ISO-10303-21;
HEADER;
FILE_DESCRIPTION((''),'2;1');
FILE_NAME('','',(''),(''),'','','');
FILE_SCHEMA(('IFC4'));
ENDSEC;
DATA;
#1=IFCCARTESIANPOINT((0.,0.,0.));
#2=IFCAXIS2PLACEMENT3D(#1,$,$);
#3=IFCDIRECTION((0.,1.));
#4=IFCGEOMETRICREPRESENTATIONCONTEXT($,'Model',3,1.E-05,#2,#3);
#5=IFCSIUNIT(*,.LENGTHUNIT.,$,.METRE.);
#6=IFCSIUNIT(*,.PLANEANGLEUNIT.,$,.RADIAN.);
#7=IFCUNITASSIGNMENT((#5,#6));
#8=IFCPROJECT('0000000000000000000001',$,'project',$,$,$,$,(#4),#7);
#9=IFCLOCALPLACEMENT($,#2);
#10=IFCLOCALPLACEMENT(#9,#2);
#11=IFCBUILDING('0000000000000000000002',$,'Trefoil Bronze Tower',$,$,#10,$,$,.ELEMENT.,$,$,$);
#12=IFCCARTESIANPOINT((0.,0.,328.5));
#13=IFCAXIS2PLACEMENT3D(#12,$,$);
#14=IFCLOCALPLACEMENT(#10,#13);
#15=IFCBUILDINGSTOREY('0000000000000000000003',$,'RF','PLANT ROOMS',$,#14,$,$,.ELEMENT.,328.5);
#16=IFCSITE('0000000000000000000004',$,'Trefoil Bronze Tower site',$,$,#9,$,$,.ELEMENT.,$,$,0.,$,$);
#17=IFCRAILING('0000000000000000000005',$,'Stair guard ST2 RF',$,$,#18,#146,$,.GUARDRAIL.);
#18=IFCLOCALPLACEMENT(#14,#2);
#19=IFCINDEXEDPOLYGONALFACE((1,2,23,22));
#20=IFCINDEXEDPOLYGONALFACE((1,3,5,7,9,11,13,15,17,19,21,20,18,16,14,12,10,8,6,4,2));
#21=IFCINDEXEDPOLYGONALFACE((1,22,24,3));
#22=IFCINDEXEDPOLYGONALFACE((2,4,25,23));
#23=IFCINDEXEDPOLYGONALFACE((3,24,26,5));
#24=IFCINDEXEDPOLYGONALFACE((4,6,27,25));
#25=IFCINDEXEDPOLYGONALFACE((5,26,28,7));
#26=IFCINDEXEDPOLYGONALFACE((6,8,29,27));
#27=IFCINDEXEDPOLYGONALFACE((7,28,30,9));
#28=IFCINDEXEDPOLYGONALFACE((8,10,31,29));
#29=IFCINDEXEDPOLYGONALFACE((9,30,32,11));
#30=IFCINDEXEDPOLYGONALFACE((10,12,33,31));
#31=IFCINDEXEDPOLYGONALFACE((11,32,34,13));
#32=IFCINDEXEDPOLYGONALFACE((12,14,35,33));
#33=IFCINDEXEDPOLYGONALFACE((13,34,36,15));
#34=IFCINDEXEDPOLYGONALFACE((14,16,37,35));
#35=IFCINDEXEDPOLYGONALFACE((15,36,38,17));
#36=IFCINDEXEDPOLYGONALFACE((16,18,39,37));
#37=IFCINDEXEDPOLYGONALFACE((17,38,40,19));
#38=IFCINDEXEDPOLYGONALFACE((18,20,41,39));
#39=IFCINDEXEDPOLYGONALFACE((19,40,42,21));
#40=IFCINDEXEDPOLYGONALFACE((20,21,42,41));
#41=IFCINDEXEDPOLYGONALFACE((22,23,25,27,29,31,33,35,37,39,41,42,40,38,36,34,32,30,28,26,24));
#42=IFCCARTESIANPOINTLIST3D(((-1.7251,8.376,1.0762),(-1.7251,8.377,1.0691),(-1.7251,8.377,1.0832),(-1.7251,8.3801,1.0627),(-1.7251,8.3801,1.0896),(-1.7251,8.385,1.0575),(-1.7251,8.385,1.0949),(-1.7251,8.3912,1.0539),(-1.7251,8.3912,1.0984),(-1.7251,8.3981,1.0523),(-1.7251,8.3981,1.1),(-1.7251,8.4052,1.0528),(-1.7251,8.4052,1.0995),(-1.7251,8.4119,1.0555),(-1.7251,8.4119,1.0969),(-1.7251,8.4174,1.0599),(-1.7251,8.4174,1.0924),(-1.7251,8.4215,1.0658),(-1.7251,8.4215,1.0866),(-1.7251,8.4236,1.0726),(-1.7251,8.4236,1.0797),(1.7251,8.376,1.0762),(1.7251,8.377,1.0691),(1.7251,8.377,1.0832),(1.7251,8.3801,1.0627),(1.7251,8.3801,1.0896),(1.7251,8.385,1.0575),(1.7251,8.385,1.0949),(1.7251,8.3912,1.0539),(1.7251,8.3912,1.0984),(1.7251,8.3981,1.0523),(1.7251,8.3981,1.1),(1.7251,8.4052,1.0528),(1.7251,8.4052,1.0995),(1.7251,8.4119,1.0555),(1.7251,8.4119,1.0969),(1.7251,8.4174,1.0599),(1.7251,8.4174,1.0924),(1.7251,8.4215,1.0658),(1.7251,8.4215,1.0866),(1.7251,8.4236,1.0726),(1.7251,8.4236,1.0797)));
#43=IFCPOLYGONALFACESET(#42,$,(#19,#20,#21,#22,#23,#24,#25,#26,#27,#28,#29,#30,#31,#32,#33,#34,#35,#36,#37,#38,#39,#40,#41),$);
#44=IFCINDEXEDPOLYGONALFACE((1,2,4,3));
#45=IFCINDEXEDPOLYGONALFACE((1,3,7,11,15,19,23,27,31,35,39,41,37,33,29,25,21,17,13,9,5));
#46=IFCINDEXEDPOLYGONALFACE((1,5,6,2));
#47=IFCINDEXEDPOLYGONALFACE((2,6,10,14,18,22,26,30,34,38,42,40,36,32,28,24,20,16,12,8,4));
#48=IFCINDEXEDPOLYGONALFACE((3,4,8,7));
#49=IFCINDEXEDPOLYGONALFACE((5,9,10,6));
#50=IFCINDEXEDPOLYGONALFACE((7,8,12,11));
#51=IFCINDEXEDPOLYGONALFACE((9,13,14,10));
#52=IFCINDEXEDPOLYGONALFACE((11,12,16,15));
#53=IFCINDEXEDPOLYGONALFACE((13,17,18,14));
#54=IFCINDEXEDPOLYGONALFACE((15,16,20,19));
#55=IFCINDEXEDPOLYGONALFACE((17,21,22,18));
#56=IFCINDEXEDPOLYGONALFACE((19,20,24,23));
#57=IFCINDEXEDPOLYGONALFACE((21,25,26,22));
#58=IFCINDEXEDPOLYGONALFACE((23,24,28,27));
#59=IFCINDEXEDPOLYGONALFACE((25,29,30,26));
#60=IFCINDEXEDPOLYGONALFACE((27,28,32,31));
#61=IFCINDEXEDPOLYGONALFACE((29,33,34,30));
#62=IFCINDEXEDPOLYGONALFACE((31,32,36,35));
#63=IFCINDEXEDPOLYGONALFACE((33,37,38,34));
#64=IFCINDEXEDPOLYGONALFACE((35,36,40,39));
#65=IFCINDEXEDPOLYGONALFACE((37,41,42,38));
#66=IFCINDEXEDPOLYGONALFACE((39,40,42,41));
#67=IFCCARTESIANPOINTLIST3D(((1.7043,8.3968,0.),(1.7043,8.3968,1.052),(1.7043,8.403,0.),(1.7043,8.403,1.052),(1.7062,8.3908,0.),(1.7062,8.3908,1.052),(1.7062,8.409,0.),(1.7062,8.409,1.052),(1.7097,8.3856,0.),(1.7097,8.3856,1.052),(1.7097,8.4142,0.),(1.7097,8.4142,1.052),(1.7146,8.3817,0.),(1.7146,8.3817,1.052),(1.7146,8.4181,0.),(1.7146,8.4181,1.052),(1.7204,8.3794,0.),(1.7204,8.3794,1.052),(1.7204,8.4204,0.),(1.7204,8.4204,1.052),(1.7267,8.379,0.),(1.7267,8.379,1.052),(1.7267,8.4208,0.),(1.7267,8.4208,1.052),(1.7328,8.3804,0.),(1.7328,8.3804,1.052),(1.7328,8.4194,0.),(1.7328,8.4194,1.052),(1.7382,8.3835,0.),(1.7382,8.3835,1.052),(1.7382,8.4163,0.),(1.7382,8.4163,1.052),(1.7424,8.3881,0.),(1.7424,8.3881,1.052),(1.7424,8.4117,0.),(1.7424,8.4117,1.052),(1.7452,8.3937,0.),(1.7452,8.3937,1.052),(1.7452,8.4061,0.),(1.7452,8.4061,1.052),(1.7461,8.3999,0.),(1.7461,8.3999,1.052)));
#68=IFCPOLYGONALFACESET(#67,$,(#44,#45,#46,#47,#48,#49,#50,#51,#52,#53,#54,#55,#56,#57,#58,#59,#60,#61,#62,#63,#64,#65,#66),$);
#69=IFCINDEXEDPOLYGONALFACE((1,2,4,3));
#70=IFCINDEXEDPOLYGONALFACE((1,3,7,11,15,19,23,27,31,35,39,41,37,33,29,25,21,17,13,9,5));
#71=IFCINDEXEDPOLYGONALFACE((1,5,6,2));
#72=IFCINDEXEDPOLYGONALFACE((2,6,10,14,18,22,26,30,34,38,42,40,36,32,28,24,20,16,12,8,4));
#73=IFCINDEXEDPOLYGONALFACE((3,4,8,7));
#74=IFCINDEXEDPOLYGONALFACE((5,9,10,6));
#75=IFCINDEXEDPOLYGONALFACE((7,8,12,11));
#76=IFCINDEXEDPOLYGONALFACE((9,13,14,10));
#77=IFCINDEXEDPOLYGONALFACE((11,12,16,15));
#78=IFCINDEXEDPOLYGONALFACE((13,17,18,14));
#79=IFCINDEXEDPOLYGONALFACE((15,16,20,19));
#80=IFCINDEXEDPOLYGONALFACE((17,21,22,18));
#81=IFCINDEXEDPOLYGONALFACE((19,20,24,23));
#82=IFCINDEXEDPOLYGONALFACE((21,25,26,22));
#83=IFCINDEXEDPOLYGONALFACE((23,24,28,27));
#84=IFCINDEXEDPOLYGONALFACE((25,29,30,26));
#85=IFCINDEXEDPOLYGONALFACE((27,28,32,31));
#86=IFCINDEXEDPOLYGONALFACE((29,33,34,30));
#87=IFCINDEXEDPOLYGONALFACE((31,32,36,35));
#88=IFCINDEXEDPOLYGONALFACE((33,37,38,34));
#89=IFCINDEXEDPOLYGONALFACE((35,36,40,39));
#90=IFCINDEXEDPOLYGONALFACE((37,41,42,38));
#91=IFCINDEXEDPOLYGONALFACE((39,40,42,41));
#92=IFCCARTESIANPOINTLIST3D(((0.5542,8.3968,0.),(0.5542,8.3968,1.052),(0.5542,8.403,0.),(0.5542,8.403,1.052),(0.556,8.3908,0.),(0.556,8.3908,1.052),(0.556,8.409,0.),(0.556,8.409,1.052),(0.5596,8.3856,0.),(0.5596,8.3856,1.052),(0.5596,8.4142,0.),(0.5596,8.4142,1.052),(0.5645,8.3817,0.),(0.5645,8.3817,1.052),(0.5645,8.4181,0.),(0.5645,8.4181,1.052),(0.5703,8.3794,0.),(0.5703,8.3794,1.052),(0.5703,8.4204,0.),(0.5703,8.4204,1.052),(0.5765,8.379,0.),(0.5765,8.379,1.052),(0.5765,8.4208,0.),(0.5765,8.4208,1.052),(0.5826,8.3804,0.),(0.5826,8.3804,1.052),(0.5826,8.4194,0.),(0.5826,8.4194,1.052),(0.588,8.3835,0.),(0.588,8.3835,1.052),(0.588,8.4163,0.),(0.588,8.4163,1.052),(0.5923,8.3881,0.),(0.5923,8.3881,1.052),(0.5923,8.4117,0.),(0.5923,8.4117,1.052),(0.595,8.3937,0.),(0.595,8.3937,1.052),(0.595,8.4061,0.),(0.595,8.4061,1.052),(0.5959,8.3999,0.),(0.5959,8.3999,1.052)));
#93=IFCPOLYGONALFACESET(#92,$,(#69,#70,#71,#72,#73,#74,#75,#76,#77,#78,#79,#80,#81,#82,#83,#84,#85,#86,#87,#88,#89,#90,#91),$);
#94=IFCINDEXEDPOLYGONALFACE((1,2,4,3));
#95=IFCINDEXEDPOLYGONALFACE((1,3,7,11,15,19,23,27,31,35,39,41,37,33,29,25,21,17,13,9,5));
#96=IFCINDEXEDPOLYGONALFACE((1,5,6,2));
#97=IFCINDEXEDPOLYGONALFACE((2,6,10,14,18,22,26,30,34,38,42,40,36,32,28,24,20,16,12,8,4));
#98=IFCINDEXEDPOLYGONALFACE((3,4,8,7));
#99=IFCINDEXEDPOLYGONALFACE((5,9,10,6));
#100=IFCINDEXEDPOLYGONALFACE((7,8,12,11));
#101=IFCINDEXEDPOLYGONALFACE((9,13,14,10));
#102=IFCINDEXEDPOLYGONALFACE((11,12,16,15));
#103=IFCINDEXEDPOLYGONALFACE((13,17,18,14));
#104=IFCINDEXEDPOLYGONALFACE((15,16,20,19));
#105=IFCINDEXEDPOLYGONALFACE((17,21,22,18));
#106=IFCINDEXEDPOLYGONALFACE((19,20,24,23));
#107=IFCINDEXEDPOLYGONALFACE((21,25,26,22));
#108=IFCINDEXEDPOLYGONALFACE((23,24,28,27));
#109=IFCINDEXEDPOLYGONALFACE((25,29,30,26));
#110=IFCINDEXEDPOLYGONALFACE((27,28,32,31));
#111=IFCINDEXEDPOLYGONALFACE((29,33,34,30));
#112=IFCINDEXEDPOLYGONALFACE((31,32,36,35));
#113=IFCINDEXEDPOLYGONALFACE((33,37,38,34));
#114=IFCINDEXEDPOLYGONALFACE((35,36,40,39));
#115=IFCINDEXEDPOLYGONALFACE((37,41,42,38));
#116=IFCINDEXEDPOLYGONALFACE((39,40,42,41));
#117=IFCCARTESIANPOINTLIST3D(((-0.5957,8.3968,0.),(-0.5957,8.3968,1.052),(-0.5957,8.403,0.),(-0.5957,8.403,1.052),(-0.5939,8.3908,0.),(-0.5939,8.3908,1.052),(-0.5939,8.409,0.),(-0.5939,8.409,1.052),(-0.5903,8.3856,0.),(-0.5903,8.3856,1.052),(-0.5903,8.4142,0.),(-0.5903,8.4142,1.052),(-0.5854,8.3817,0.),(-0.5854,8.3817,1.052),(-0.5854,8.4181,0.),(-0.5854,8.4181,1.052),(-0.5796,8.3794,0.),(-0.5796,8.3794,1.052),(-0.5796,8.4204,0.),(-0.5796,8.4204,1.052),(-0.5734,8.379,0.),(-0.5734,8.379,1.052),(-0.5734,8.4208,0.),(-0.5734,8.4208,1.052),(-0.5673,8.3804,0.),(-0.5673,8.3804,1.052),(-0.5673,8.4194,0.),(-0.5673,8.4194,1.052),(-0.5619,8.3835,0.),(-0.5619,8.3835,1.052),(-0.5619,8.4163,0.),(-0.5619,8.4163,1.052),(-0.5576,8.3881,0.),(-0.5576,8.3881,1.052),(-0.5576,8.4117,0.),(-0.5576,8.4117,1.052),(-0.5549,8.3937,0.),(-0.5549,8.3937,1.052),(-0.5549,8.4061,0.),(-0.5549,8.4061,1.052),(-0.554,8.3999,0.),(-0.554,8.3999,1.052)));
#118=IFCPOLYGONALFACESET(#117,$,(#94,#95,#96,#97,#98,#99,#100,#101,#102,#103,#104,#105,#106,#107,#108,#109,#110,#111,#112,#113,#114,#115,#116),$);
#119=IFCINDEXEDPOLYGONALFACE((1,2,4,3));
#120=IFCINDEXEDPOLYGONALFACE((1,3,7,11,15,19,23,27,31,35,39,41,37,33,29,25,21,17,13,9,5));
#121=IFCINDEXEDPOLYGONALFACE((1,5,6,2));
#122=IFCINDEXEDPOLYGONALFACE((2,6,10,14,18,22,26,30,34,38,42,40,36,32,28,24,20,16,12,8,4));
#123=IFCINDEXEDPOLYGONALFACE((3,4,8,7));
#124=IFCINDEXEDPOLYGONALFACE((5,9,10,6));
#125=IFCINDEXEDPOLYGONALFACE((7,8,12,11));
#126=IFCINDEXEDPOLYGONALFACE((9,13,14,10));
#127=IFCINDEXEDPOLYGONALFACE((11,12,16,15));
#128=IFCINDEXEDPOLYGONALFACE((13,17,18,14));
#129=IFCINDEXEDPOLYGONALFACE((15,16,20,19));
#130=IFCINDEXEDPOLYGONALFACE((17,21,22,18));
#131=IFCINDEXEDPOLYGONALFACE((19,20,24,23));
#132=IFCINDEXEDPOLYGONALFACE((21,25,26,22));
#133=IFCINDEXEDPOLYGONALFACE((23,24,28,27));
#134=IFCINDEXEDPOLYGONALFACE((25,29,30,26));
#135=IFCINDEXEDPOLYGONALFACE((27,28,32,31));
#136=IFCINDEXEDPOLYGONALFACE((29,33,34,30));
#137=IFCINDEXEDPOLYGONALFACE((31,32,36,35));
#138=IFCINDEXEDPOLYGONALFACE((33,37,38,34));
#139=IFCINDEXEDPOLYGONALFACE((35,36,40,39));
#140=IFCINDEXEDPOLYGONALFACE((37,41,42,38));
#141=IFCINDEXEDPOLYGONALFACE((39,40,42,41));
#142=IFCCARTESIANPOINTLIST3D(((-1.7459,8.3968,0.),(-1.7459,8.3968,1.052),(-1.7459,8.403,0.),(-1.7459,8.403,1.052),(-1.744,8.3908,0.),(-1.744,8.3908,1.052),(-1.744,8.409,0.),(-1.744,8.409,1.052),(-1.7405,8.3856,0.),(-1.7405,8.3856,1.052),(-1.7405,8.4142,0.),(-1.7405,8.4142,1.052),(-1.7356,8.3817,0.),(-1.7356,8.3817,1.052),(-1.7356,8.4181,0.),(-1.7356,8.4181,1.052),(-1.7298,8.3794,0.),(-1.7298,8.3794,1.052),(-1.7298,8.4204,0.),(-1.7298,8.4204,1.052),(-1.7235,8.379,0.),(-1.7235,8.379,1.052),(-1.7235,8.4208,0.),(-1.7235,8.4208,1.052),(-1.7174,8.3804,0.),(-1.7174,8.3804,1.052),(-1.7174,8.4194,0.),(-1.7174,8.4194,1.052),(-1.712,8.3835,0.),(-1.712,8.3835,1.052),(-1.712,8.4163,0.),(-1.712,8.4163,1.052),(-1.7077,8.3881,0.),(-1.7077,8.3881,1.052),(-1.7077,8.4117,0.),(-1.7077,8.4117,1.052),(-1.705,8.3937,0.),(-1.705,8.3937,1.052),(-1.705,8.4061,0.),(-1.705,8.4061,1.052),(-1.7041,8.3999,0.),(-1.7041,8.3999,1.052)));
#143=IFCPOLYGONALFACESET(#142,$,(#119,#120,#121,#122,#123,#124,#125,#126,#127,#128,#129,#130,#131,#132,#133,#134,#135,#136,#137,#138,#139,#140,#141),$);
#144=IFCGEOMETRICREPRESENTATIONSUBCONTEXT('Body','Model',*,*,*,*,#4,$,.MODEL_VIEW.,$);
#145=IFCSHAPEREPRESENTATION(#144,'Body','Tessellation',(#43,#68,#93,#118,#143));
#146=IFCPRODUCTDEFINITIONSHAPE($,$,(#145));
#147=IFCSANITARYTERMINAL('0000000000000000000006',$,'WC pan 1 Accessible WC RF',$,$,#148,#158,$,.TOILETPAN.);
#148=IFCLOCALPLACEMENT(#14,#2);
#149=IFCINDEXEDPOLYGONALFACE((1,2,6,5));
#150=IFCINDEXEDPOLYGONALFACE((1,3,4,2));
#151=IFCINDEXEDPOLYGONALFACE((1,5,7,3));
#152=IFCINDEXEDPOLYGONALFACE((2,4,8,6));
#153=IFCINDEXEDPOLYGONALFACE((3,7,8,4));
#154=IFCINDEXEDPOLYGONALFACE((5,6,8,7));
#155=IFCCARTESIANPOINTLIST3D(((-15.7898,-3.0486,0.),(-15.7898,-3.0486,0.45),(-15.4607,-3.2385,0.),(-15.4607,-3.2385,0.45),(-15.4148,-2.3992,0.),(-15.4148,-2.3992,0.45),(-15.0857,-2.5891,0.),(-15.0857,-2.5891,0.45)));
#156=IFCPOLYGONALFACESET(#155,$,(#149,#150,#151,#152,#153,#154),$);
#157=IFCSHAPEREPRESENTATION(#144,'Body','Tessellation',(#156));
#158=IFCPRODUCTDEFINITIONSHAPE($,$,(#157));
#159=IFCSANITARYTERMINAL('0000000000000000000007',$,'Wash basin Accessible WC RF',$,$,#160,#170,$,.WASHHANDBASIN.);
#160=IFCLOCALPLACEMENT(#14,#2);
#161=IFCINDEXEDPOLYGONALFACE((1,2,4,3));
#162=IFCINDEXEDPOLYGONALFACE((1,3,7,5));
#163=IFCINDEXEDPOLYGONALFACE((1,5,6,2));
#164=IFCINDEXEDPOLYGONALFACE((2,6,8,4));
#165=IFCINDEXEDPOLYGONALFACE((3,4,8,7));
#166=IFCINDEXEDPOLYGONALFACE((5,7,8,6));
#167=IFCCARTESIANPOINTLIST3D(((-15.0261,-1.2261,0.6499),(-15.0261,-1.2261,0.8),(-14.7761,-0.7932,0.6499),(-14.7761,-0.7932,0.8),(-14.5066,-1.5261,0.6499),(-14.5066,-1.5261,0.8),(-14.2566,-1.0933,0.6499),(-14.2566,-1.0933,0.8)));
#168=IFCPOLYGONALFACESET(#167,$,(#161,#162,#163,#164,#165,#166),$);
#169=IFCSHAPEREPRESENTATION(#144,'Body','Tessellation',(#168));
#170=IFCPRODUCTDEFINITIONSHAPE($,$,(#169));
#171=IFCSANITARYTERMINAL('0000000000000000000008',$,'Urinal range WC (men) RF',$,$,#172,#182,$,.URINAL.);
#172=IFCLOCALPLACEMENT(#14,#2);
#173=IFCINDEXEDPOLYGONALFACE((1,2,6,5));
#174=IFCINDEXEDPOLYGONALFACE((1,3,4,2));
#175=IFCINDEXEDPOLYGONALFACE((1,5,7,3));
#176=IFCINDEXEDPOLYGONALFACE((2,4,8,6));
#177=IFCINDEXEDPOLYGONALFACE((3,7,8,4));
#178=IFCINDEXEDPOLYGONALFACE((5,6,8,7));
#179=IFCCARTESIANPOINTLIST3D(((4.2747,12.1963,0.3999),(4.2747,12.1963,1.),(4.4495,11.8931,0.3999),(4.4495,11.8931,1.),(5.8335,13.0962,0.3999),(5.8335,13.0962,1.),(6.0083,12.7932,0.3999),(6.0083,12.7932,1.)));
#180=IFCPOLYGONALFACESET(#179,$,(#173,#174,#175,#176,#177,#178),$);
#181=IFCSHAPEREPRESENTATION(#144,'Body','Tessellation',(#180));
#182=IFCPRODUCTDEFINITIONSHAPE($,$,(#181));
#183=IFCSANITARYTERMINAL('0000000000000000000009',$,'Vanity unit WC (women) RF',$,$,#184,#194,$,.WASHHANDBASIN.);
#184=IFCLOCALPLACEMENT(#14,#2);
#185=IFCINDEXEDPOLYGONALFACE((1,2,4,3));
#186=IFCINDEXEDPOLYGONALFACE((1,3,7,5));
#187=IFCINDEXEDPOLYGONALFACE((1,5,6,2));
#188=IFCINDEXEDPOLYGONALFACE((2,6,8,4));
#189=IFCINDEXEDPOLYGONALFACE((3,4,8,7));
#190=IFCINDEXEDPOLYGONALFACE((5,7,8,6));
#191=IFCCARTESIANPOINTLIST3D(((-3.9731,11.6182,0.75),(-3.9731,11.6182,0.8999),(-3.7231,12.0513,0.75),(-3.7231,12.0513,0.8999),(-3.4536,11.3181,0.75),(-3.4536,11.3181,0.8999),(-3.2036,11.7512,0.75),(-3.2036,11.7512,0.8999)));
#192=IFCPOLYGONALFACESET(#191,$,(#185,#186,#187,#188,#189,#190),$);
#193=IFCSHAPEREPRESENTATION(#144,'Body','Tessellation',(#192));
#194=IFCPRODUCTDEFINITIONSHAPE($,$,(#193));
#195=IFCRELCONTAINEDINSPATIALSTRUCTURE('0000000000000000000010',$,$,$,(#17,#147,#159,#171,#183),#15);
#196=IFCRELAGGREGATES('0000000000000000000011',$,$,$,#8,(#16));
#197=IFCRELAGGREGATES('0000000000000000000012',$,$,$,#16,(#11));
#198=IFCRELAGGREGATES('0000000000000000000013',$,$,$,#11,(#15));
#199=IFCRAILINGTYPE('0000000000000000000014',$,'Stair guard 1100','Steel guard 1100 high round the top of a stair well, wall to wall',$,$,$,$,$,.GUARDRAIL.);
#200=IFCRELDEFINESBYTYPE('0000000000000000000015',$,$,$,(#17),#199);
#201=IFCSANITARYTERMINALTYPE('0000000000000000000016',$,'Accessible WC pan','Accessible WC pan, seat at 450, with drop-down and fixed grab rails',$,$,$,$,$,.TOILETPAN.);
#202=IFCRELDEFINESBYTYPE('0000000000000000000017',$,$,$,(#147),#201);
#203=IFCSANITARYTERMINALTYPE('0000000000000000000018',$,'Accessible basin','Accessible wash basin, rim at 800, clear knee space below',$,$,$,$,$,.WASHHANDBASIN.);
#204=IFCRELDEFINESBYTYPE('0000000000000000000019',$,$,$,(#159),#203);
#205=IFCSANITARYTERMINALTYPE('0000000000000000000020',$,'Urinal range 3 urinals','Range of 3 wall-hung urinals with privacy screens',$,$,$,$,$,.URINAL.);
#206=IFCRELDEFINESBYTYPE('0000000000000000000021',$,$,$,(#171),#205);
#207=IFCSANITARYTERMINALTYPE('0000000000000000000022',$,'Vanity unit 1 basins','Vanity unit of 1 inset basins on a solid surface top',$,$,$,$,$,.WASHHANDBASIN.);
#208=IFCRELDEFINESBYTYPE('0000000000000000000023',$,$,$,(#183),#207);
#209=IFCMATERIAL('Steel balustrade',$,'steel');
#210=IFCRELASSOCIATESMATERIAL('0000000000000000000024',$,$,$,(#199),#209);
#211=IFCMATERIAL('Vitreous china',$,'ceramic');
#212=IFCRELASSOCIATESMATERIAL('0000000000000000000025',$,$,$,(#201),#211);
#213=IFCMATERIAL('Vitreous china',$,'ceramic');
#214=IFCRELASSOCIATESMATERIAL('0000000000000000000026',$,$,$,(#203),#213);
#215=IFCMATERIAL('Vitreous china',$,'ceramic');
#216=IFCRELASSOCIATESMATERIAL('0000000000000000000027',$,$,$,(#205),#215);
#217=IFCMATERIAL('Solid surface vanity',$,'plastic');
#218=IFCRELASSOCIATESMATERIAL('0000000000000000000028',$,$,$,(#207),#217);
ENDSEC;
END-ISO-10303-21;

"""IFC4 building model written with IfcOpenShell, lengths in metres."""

from ifc_helpers import new_model, si_unit, direction, frame, origin, origin_2d, place, context, subcontext, project, spatial, polyline, circle, outline, extrude, material, type_object, element, save


model = new_model("IFC4")

# Units and contexts
model_context = context("Model", 3, precision=1e-05, world=origin(), true_north=direction((0.0, 1.0)))
body_context = subcontext(model_context, "Body", "Model", "MODEL_VIEW")
ifc_project = project(units=[si_unit("LENGTHUNIT", "METRE"), si_unit("PLANEANGLEUNIT", "RADIAN")], contexts=[model_context])

# Site, building, storey
site_placement = place(None, origin())
site = spatial("IfcSite", under=ifc_project, at=site_placement, Name="Trefoil Bronze Tower site", CompositionType="ELEMENT", RefElevation=0.0)
building_placement = place(site_placement, origin())
building = spatial("IfcBuilding", under=site, at=building_placement, Name="Trefoil Bronze Tower", CompositionType="ELEMENT")
storey_placement = place(building_placement, frame((0.0, 0.0, 328.5)))
storey = spatial("IfcBuildingStorey", under=building, at=storey_placement, Name="RF", Description="PLANT ROOMS", CompositionType="ELEMENT", Elevation=328.5)

# Railing
ifc_material_1 = material(Name="Steel balustrade", Category="steel")
railing_type = type_object("IfcRailingType", Name="Stair guard 1100", Description="Steel guard 1100 high round the top of a stair well, wall to wall", PredefinedType="GUARDRAIL", material=ifc_material_1)
railing_placement = place(storey_placement, frame((1.7251, 8.3999, 0.0)))
element("IfcRailing", 1, at=railing_placement, inside=storey, type_object=railing_type, Name="Stair guard ST2 RF", PredefinedType="GUARDRAIL", context=body_context, shape_type="SweptSolid", body=[
    extrude(circle(Radius=0.0239, at=origin_2d()), frame((0.0, 0.0, 1.0762), z_axis=(-1.0, 0.0, 0.0), x_axis=(0.0, -1.0, 0.0)), (0.0, 0.0, 1.0), 3.4502),
    extrude(circle(Radius=0.021, at=origin_2d()), origin(), (0.0, 0.0, 1.0), 1.052),
    extrude(circle(Radius=0.021, at=origin_2d()), frame((-1.1501, 0.0, 0.0)), (0.0, 0.0, 1.0), 1.052),
    extrude(circle(Radius=0.021, at=origin_2d()), frame((-2.3, 0.0, 0.0)), (0.0, 0.0, 1.0), 1.052),
    extrude(circle(Radius=0.021, at=origin_2d()), frame((-3.4502, 0.0, 0.0)), (0.0, 0.0, 1.0), 1.052),
])

# Sanitary terminals
ifc_material_2 = material(Name="Vitreous china", Category="ceramic")
sanitary_terminal_type_1 = type_object("IfcSanitaryTerminalType", Name="Accessible WC pan", Description="Accessible WC pan, seat at 450, with drop-down and fixed grab rails", PredefinedType="TOILETPAN", material=ifc_material_2)
sanitary_terminal_1_placement = place(storey_placement, origin())
element("IfcSanitaryTerminal", 2, at=sanitary_terminal_1_placement, inside=storey, type_object=sanitary_terminal_type_1, Name="WC pan 1 Accessible WC RF", PredefinedType="TOILETPAN", context=body_context, shape_type="SweptSolid", body=[
    extrude(outline(polyline([(-15.0857, -2.5891), (-15.4607, -3.2385), (-15.7898, -3.0486), (-15.4148, -2.3992), (-15.0857, -2.5891)])), origin(), (0.0, 0.0, 1.0), 0.45),
])
ifc_material_3 = material(Name="Vitreous china", Category="ceramic")
sanitary_terminal_type_2 = type_object("IfcSanitaryTerminalType", Name="Accessible basin", Description="Accessible wash basin, rim at 800, clear knee space below", PredefinedType="WASHHANDBASIN", material=ifc_material_3)
sanitary_terminal_2_placement = place(storey_placement, frame((0.0, 0.0, 0.6499)))
element("IfcSanitaryTerminal", 3, at=sanitary_terminal_2_placement, inside=storey, type_object=sanitary_terminal_type_2, Name="Wash basin Accessible WC RF", PredefinedType="WASHHANDBASIN", context=body_context, shape_type="SweptSolid", body=[
    extrude(outline(polyline([(-14.2566, -1.0933), (-14.5066, -1.5261), (-15.0261, -1.2261), (-14.7761, -0.7932), (-14.2566, -1.0933)])), origin(), (0.0, 0.0, 1.0), 0.1501),
])
ifc_material_4 = material(Name="Vitreous china", Category="ceramic")
sanitary_terminal_type_3 = type_object("IfcSanitaryTerminalType", Name="Urinal range 3 urinals", Description="Range of 3 wall-hung urinals with privacy screens", PredefinedType="URINAL", material=ifc_material_4)
sanitary_terminal_3_placement = place(storey_placement, frame((0.0, 0.0, 0.3999)))
element("IfcSanitaryTerminal", 4, at=sanitary_terminal_3_placement, inside=storey, type_object=sanitary_terminal_type_3, Name="Urinal range WC (men) RF", PredefinedType="URINAL", context=body_context, shape_type="SweptSolid", body=[
    extrude(outline(polyline([(4.4495, 11.8931), (4.2747, 12.1963), (5.8335, 13.0962), (6.0083, 12.7932), (4.4495, 11.8931)])), origin(), (0.0, 0.0, 1.0), 0.6001),
])
ifc_material_5 = material(Name="Solid surface vanity", Category="plastic")
sanitary_terminal_type_4 = type_object("IfcSanitaryTerminalType", Name="Vanity unit 1 basins", Description="Vanity unit of 1 inset basins on a solid surface top", PredefinedType="WASHHANDBASIN", material=ifc_material_5)
sanitary_terminal_4_placement = place(storey_placement, frame((0.0, 0.0, 0.75)))
element("IfcSanitaryTerminal", 5, at=sanitary_terminal_4_placement, inside=storey, type_object=sanitary_terminal_type_4, Name="Vanity unit WC (women) RF", PredefinedType="WASHHANDBASIN", context=body_context, shape_type="SweptSolid", body=[
    extrude(outline(polyline([(-3.4536, 11.3181), (-3.2036, 11.7512), (-3.7231, 12.0513), (-3.9731, 11.6182), (-3.4536, 11.3181)])), origin(), (0.0, 0.0, 1.0), 0.1499),
])

save(model, "model.ifc")
